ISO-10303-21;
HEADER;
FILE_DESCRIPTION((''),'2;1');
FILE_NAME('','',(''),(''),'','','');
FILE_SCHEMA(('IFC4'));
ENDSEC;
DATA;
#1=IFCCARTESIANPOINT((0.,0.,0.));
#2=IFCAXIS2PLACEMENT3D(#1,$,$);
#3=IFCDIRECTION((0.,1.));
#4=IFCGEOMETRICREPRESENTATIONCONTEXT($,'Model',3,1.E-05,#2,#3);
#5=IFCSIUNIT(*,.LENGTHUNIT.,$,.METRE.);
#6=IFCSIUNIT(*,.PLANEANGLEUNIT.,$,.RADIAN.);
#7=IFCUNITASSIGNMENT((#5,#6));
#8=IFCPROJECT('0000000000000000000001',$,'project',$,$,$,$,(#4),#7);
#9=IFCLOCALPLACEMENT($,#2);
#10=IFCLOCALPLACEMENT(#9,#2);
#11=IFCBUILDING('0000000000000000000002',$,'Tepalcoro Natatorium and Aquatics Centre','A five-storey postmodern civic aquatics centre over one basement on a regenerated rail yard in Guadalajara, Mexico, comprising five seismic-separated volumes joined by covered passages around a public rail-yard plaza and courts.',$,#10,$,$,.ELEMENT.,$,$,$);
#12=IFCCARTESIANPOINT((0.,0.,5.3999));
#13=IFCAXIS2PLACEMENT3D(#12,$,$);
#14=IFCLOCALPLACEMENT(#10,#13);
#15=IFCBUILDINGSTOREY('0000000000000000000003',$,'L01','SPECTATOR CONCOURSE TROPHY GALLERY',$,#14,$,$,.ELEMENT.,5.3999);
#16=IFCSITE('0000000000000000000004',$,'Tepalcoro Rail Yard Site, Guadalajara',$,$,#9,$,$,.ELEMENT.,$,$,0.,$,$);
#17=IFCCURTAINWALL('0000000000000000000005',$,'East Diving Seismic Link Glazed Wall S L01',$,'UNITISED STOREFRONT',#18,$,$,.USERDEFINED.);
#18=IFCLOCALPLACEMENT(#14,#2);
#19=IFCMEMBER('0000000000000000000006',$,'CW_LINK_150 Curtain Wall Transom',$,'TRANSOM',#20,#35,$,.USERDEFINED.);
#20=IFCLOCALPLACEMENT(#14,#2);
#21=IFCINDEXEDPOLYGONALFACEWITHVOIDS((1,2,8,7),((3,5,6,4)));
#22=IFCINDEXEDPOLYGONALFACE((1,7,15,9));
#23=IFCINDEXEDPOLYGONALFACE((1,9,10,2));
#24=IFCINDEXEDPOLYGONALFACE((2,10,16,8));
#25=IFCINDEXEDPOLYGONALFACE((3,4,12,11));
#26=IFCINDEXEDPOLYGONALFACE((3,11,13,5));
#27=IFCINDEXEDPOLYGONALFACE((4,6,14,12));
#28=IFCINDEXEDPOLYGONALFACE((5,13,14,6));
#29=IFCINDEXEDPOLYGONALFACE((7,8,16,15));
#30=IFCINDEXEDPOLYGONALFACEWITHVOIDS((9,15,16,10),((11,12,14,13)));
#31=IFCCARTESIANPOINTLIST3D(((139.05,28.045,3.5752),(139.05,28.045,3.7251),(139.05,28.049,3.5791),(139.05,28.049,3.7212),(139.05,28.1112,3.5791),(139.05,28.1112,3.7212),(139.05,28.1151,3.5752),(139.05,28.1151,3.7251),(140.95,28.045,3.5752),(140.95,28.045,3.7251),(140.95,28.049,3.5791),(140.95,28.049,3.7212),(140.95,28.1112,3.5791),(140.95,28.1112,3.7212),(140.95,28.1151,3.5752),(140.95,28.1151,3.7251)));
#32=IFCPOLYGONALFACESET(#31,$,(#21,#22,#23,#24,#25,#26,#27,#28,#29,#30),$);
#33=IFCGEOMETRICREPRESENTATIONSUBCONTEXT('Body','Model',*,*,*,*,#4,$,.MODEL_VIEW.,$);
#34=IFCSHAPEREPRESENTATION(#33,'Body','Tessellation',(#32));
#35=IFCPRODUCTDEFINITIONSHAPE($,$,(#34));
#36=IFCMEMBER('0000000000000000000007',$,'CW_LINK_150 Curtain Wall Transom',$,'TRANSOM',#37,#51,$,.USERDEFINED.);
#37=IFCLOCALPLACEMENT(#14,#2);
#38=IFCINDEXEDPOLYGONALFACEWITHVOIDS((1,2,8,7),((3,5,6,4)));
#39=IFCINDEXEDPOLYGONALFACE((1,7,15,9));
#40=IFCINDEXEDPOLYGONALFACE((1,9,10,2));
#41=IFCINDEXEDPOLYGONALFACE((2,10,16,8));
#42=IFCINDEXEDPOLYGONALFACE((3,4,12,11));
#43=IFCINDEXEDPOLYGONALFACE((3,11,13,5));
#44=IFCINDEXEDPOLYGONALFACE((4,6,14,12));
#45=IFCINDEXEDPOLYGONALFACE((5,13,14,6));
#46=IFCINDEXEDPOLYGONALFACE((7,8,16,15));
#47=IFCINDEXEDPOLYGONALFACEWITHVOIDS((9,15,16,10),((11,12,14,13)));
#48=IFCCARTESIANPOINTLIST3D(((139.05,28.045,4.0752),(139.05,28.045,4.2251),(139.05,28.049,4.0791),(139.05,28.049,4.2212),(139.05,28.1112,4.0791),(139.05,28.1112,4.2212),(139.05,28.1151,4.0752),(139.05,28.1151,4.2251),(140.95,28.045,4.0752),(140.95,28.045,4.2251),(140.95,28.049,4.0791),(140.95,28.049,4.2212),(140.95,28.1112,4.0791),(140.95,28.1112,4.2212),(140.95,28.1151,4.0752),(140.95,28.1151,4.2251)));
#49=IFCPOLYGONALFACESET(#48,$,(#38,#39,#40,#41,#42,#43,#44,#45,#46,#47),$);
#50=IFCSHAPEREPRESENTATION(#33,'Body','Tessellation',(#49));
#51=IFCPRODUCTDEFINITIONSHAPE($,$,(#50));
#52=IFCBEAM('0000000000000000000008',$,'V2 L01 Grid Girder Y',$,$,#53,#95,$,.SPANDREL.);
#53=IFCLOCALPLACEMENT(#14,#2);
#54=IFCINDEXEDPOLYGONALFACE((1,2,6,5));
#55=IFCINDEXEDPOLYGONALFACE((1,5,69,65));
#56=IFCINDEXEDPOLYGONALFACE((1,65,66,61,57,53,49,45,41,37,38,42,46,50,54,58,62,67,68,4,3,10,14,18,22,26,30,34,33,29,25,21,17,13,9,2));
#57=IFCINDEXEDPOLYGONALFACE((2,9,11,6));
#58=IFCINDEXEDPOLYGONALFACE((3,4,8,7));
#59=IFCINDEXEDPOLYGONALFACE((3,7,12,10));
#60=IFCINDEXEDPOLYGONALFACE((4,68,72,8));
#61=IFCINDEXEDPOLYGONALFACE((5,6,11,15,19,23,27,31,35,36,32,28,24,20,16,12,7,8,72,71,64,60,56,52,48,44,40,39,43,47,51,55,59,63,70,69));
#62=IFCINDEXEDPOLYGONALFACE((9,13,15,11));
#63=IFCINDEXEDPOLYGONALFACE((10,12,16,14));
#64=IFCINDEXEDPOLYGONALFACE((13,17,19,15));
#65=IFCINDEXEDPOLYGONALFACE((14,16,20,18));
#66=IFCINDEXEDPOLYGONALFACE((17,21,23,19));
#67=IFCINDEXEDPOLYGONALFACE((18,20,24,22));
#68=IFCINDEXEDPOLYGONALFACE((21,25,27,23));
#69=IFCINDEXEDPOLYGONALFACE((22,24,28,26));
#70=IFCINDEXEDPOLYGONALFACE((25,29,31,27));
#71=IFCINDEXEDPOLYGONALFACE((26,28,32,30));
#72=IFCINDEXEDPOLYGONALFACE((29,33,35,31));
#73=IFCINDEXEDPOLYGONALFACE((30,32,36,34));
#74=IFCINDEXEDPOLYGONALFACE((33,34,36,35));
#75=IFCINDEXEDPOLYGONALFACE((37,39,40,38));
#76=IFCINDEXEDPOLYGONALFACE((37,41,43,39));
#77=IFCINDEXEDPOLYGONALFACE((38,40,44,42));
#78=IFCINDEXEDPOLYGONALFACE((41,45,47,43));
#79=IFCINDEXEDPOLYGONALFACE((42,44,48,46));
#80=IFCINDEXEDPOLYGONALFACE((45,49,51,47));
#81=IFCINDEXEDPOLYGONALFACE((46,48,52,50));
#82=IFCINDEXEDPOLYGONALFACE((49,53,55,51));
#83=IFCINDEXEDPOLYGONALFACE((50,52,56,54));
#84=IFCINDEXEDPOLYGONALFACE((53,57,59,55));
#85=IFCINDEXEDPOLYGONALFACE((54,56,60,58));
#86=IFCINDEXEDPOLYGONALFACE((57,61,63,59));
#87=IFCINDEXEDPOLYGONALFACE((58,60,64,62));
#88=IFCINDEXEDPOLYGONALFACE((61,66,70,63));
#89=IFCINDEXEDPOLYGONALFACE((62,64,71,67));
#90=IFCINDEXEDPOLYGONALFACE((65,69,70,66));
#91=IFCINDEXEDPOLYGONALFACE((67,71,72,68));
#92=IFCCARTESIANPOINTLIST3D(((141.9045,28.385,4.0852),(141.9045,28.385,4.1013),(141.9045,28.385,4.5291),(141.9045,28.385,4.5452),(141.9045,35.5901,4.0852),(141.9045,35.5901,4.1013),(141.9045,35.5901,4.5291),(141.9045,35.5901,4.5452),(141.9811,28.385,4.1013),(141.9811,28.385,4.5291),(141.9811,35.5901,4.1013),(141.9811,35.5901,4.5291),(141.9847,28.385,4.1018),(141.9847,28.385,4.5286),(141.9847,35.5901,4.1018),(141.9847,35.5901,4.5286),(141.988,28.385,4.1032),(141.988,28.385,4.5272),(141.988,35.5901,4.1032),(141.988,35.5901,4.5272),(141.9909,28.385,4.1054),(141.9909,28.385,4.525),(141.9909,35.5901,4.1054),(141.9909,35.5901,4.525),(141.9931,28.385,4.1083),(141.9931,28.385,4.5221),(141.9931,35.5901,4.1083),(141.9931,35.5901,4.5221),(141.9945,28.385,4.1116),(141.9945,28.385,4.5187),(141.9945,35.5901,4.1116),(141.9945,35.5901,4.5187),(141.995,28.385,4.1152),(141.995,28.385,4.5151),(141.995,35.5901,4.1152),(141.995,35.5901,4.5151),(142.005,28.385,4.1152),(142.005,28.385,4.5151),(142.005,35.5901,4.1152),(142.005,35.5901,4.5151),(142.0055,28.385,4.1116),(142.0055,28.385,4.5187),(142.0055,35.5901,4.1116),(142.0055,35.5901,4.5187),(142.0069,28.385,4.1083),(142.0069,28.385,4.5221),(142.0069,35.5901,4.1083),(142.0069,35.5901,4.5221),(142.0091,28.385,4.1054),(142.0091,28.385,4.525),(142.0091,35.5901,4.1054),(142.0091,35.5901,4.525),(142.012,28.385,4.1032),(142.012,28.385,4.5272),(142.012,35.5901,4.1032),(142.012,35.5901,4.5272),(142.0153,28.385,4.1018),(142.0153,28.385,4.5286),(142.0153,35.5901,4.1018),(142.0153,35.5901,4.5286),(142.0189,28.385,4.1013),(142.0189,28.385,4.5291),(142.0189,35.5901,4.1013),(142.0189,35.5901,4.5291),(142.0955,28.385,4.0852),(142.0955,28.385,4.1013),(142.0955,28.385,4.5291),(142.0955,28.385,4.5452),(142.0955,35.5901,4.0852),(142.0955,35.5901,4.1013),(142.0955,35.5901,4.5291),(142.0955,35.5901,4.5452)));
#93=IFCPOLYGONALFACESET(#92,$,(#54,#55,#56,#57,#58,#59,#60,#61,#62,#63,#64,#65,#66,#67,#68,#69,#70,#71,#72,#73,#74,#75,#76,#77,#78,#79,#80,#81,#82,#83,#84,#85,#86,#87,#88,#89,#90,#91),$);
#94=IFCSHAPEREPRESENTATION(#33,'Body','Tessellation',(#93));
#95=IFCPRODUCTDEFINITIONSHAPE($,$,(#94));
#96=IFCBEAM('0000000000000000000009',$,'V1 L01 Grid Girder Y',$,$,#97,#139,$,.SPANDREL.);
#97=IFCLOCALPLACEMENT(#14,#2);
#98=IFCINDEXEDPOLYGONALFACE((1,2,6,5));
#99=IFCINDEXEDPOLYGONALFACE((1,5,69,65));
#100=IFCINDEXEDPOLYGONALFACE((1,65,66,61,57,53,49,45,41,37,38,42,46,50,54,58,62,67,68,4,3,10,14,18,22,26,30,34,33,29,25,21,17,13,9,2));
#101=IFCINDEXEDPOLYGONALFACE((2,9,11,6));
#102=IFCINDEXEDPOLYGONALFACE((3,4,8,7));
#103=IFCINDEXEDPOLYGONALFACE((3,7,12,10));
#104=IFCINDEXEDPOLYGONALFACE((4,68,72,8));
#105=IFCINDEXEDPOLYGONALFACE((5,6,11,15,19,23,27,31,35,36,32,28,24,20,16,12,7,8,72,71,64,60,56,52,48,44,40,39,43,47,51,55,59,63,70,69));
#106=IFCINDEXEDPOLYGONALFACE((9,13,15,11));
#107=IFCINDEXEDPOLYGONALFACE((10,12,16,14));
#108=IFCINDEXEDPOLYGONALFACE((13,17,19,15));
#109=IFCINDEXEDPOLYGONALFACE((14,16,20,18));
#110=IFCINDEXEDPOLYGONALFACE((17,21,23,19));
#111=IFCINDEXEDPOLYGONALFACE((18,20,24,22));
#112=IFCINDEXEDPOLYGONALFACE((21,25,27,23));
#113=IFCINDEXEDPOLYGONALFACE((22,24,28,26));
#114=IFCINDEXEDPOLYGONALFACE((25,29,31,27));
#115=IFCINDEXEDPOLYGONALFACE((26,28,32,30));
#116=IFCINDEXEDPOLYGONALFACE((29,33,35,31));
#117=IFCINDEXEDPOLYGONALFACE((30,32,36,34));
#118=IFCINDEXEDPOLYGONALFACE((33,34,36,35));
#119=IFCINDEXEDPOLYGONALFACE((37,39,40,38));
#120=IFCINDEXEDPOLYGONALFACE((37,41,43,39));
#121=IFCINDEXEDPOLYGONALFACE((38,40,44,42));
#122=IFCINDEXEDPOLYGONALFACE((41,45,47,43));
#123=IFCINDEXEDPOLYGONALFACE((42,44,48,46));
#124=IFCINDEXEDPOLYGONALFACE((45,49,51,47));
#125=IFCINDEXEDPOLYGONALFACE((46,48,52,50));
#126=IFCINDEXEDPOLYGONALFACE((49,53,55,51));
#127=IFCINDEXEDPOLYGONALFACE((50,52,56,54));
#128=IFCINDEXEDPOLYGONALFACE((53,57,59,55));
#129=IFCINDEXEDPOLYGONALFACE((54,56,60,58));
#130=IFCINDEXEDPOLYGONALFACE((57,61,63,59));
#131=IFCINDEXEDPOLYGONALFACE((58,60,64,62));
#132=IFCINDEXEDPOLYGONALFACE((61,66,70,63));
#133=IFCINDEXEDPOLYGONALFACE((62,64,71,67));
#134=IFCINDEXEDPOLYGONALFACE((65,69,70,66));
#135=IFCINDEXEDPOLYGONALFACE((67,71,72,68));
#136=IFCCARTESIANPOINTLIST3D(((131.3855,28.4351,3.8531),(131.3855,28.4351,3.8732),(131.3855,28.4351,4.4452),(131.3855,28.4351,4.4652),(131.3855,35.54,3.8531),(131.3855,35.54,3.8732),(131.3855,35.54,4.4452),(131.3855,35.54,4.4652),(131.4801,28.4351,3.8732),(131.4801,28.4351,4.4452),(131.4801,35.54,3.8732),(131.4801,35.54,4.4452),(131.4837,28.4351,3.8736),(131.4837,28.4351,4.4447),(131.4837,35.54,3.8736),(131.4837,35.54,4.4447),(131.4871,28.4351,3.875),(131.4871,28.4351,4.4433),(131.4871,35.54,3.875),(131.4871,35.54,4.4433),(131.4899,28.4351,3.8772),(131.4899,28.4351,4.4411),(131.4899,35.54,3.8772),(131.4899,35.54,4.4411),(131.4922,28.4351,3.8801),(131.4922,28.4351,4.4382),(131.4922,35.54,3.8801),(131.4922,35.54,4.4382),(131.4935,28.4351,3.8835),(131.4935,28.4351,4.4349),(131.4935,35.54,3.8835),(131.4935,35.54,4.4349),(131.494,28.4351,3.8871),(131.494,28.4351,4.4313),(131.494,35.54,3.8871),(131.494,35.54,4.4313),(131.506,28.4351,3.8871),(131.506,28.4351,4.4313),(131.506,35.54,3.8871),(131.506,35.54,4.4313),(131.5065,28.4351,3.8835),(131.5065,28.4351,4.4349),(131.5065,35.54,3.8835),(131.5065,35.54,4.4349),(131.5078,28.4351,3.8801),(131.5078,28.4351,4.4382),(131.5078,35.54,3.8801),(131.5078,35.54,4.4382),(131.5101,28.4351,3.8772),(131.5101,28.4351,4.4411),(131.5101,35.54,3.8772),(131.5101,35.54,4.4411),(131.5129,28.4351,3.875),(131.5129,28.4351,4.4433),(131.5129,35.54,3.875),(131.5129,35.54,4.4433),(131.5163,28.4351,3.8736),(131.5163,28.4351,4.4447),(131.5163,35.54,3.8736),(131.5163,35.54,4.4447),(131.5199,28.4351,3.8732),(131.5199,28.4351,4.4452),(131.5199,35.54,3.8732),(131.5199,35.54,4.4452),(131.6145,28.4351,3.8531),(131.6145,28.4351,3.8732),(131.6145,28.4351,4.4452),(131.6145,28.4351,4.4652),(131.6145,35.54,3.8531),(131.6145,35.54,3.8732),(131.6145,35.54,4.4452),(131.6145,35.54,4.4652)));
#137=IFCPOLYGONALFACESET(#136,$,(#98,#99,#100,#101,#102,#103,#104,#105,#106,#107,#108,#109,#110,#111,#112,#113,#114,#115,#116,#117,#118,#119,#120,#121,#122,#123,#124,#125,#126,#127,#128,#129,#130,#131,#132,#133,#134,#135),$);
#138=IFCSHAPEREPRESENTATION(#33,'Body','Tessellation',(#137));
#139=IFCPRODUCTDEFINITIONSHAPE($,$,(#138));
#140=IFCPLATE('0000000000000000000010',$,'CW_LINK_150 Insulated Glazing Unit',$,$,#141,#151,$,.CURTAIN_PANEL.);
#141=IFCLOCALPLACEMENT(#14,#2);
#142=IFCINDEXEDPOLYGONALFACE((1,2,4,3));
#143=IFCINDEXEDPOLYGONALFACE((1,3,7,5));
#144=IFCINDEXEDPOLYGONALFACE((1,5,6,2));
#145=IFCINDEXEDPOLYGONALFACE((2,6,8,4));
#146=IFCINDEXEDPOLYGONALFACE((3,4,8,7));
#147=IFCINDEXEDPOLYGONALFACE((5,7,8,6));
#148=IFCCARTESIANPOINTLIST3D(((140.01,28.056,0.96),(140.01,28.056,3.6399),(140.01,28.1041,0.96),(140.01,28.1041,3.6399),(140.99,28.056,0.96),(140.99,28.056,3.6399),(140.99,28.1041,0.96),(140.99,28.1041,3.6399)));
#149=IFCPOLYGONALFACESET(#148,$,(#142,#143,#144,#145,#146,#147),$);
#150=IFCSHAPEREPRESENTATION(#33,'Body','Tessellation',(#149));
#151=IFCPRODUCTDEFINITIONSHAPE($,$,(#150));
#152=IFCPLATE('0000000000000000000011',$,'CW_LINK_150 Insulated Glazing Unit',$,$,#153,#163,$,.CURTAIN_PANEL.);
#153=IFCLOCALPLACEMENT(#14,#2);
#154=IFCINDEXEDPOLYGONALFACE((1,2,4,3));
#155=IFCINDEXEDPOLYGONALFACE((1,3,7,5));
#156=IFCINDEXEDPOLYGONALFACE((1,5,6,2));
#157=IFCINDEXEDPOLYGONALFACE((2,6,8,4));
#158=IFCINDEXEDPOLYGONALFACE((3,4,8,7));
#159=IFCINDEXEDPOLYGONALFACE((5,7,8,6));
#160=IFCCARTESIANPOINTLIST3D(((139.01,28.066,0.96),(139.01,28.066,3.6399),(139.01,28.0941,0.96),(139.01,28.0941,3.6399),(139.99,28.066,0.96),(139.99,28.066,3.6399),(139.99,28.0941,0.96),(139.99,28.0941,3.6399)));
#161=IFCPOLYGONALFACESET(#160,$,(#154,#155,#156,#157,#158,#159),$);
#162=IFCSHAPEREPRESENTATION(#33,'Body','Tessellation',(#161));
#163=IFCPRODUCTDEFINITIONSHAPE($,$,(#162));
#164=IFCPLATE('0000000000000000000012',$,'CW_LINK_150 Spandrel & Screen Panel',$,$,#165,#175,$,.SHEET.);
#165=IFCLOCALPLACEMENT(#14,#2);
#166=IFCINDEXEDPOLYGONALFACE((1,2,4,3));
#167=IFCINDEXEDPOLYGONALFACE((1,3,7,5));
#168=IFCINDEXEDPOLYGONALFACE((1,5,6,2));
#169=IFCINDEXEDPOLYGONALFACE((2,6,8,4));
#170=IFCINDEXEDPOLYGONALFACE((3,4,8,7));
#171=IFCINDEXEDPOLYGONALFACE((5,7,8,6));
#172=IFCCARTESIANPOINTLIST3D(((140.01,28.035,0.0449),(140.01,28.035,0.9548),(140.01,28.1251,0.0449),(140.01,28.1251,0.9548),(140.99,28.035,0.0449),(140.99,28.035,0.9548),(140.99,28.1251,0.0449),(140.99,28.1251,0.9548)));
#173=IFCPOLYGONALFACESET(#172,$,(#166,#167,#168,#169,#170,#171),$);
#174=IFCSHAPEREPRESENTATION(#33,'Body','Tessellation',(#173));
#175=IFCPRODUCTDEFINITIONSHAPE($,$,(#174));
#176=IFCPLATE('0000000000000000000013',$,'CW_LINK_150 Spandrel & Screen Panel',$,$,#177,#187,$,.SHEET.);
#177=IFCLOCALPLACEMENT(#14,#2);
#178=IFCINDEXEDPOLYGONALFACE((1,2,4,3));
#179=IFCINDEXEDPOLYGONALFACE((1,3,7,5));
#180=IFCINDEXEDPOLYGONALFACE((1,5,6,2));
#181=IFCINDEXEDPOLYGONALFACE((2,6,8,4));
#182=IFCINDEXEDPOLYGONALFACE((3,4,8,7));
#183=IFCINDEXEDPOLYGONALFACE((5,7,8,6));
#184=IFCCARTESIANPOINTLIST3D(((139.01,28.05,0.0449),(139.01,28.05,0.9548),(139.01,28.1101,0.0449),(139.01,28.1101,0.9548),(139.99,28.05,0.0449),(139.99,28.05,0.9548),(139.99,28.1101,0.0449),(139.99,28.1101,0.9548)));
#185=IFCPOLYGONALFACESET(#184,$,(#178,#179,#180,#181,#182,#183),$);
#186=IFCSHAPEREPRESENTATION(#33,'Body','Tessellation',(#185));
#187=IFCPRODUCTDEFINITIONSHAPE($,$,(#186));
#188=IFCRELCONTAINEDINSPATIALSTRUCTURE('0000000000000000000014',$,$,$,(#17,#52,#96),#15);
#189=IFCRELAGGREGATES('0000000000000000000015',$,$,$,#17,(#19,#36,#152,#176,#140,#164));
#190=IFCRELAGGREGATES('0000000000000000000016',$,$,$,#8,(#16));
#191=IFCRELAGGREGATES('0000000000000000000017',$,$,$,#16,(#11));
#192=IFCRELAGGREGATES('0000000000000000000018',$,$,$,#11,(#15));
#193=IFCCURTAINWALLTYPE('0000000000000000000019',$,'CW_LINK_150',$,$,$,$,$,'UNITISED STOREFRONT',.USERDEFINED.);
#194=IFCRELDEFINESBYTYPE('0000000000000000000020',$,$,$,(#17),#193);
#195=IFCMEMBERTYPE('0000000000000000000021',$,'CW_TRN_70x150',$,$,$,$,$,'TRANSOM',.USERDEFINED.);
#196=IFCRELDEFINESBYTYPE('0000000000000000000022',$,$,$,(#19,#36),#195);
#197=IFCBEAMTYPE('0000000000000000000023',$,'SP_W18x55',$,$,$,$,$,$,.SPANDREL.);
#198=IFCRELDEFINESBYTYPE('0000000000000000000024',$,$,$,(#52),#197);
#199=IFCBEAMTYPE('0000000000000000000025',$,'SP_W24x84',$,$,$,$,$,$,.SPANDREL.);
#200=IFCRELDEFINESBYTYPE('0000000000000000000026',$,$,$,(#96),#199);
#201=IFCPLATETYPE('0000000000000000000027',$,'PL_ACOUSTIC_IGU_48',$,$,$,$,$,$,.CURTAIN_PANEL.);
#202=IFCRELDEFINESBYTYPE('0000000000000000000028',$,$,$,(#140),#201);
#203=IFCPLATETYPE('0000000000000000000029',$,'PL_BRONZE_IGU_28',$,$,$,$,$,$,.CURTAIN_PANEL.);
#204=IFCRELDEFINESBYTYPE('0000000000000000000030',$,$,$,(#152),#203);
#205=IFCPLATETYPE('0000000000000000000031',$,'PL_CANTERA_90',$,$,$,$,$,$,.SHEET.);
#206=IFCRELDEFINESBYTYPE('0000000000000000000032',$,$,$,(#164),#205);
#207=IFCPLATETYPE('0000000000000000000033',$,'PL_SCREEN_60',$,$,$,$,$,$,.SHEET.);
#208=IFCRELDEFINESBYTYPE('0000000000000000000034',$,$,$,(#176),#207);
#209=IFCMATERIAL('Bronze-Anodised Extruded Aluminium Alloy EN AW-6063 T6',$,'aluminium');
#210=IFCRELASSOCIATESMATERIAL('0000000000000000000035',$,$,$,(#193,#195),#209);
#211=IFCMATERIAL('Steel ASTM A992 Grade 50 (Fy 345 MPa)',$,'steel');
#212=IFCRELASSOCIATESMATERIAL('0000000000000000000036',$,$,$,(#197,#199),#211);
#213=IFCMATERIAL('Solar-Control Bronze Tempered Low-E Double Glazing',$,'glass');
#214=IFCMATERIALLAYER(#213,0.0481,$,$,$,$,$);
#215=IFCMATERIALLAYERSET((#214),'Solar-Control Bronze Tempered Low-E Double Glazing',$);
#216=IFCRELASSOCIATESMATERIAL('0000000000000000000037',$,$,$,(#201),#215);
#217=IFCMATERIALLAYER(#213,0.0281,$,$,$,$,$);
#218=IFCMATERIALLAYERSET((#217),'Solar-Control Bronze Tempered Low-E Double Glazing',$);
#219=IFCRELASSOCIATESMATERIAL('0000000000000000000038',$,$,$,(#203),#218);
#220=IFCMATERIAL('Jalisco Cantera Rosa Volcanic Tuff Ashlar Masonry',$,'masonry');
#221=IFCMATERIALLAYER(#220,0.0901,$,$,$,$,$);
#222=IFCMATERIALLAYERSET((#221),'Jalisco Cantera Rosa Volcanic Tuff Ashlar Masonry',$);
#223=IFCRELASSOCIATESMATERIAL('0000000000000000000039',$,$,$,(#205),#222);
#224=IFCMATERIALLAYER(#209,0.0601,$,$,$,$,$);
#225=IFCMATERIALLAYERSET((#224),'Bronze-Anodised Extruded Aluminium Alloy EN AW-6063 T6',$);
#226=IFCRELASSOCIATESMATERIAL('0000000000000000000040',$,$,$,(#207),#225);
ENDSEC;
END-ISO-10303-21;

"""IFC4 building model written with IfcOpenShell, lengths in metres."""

from ifc_helpers import new_model, si_unit, direction, frame, origin, origin_2d, place, context, subcontext, project, spatial, rectangle, hollow_rectangle, i_section, extrude, material, layer, layer_set, material_profile, profile_set, type_object, element, aggregate, save


model = new_model("IFC4")

# Units and contexts
model_context = context("Model", 3, precision=1e-05, world=origin(), true_north=direction((0.0, 1.0)))
body_context = subcontext(model_context, "Body", "Model", "MODEL_VIEW")
ifc_project = project(units=[si_unit("LENGTHUNIT", "METRE"), si_unit("PLANEANGLEUNIT", "RADIAN")], contexts=[model_context])

# Site, building, storey
site_placement = place(None, origin())
site = spatial("IfcSite", under=ifc_project, at=site_placement, Name="Tepalcoro Rail Yard Site, Guadalajara", CompositionType="ELEMENT", RefElevation=0.0)
building_placement = place(site_placement, origin())
building = spatial("IfcBuilding", under=site, at=building_placement, Name="Tepalcoro Natatorium and Aquatics Centre", Description="A five-storey postmodern civic aquatics centre over one basement on a regenerated rail yard in Guadalajara, Mexico, comprising five seismic-separated volumes joined by covered passages around a public rail-yard plaza and courts.", CompositionType="ELEMENT")
storey_placement = place(building_placement, frame((0.0, 0.0, 5.3999)))
storey = spatial("IfcBuildingStorey", under=building, at=storey_placement, Name="L01", Description="SPECTATOR CONCOURSE TROPHY GALLERY", CompositionType="ELEMENT", Elevation=5.3999)

# Shared definitions
ifc_material_1 = material(Name="Steel ASTM A992 Grade 50 (Fy 345 MPa)", Category="steel")

# Curtain wall, members
ifc_material_2 = material(Name="Bronze-Anodised Extruded Aluminium Alloy EN AW-6063 T6", Category="aluminium")
curtain_wall_type = type_object("IfcCurtainWallType", Name="CW_LINK_150", ElementType="UNITISED STOREFRONT", PredefinedType="USERDEFINED", material=ifc_material_2)
curtain_wall_placement = place(storey_placement, origin())
curtain_wall = element("IfcCurtainWall", 1, at=curtain_wall_placement, inside=storey, type_object=curtain_wall_type, Name="East Diving Seismic Link Glazed Wall S L01", ObjectType="UNITISED STOREFRONT", PredefinedType="USERDEFINED")
ifc_material_profile_1 = material_profile(ifc_material_2, hollow_rectangle(XDim=0.0701, YDim=0.1499, WallThickness=0.0039, at=origin_2d()), Name="AL70X150X4")
ifc_profile_set_1 = profile_set([ifc_material_profile_1], Name="Bronze-Anodised Extruded Aluminium Alloy EN AW-6063 T6")
member_type_1 = type_object("IfcMemberType", Name="CW_TRN_70x150", ElementType="TRANSOM", PredefinedType="USERDEFINED", material=ifc_profile_set_1)
member_1_placement = place(storey_placement, frame((139.05, 28.0801, 3.6501), z_axis=(1.0, 0.0, 0.0), x_axis=(0.0, 1.0, 0.0)))
member_1 = element("IfcMember", 2, at=member_1_placement, type_object=member_type_1, Name="CW_LINK_150 Curtain Wall Transom", ObjectType="TRANSOM", PredefinedType="USERDEFINED", context=body_context, shape_type="SweptSolid", body=[
    extrude(hollow_rectangle(XDim=0.0701, YDim=0.1499, WallThickness=0.0039, at=origin_2d()), origin(), (0.0, 0.0, 1.0), 1.8999),
])
member_2_placement = place(storey_placement, frame((139.05, 28.0801, 4.1501), z_axis=(1.0, 0.0, 0.0), x_axis=(0.0, 1.0, 0.0)))
member_2 = element("IfcMember", 3, at=member_2_placement, type_object=member_type_1, Name="CW_LINK_150 Curtain Wall Transom", ObjectType="TRANSOM", PredefinedType="USERDEFINED", context=body_context, shape_type="SweptSolid", body=[
    extrude(hollow_rectangle(XDim=0.0701, YDim=0.1499, WallThickness=0.0039, at=origin_2d()), origin(), (0.0, 0.0, 1.0), 1.8999),
])

# Beams
ifc_material_profile_2 = material_profile(ifc_material_1, i_section(OverallWidth=0.1909, OverallDepth=0.46, WebThickness=0.01, FlangeThickness=0.0161, FilletRadius=0.0139, at=origin_2d()), Name="W18X55")
ifc_profile_set_2 = profile_set([ifc_material_profile_2], Name="Steel ASTM A992 Grade 50 (Fy 345 MPa)")
beam_type_1 = type_object("IfcBeamType", Name="SP_W18x55", PredefinedType="SPANDREL", material=ifc_profile_set_2)
beam_1_placement = place(storey_placement, frame((142.0, 28.385, 4.3152), z_axis=(0.0, 1.0, 0.0), x_axis=(-1.0, 0.0, 0.0)))
element("IfcBeam", 4, at=beam_1_placement, inside=storey, type_object=beam_type_1, Name="V2 L01 Grid Girder Y", PredefinedType="SPANDREL", context=body_context, shape_type="SweptSolid", body=[
    extrude(i_section(OverallWidth=0.1909, OverallDepth=0.46, WebThickness=0.01, FlangeThickness=0.0161, FilletRadius=0.0139, at=origin_2d()), origin(), (0.0, 0.0, 1.0), 7.2051),
])
ifc_material_profile_3 = material_profile(ifc_material_1, i_section(OverallWidth=0.229, OverallDepth=0.6121, WebThickness=0.012, FlangeThickness=0.02, FilletRadius=0.0139, at=origin_2d()), Name="W24X84")
ifc_profile_set_3 = profile_set([ifc_material_profile_3], Name="Steel ASTM A992 Grade 50 (Fy 345 MPa)")
beam_type_2 = type_object("IfcBeamType", Name="SP_W24x84", PredefinedType="SPANDREL", material=ifc_profile_set_3)
beam_2_placement = place(storey_placement, frame((131.5, 28.4351, 4.1592), z_axis=(0.0, 1.0, 0.0), x_axis=(-1.0, 0.0, 0.0)))
element("IfcBeam", 5, at=beam_2_placement, inside=storey, type_object=beam_type_2, Name="V1 L01 Grid Girder Y", PredefinedType="SPANDREL", context=body_context, shape_type="SweptSolid", body=[
    extrude(i_section(OverallWidth=0.229, OverallDepth=0.6121, WebThickness=0.012, FlangeThickness=0.02, FilletRadius=0.0139, at=origin_2d()), origin(), (0.0, 0.0, 1.0), 7.105),
])

# Plates
ifc_material_3 = material(Name="Solar-Control Bronze Tempered Low-E Double Glazing", Category="glass")
ifc_layer_1 = layer(ifc_material_3, 0.0481)
ifc_layer_set_1 = layer_set([ifc_layer_1], Name="Solar-Control Bronze Tempered Low-E Double Glazing")
plate_type_1 = type_object("IfcPlateType", Name="PL_ACOUSTIC_IGU_48", PredefinedType="CURTAIN_PANEL", material=ifc_layer_set_1)
plate_1_placement = place(storey_placement, frame((140.5, 28.0801, 0.96), z_axis=(0.0, 0.0, 1.0), x_axis=(1.0, 0.0, 0.0)))
plate_1 = element("IfcPlate", 6, at=plate_1_placement, type_object=plate_type_1, Name="CW_LINK_150 Insulated Glazing Unit", PredefinedType="CURTAIN_PANEL", context=body_context, shape_type="SweptSolid", body=[
    extrude(rectangle(XDim=0.98, YDim=0.0481, at=origin_2d()), origin(), (0.0, 0.0, 1.0), 2.6799),
])
ifc_layer_2 = layer(ifc_material_3, 0.0281)
ifc_layer_set_2 = layer_set([ifc_layer_2], Name="Solar-Control Bronze Tempered Low-E Double Glazing")
plate_type_2 = type_object("IfcPlateType", Name="PL_BRONZE_IGU_28", PredefinedType="CURTAIN_PANEL", material=ifc_layer_set_2)
plate_2_placement = place(storey_placement, frame((139.5, 28.0801, 0.96), z_axis=(0.0, 0.0, 1.0), x_axis=(1.0, 0.0, 0.0)))
plate_2 = element("IfcPlate", 7, at=plate_2_placement, type_object=plate_type_2, Name="CW_LINK_150 Insulated Glazing Unit", PredefinedType="CURTAIN_PANEL", context=body_context, shape_type="SweptSolid", body=[
    extrude(rectangle(XDim=0.98, YDim=0.0281, at=origin_2d()), origin(), (0.0, 0.0, 1.0), 2.6799),
])
ifc_material_4 = material(Name="Jalisco Cantera Rosa Volcanic Tuff Ashlar Masonry", Category="masonry")
ifc_layer_3 = layer(ifc_material_4, 0.0901)
ifc_layer_set_3 = layer_set([ifc_layer_3], Name="Jalisco Cantera Rosa Volcanic Tuff Ashlar Masonry")
plate_type_3 = type_object("IfcPlateType", Name="PL_CANTERA_90", PredefinedType="SHEET", material=ifc_layer_set_3)
plate_3_placement = place(storey_placement, frame((140.5, 28.0801, 0.0449), z_axis=(0.0, 0.0, 1.0), x_axis=(1.0, 0.0, 0.0)))
plate_3 = element("IfcPlate", 8, at=plate_3_placement, type_object=plate_type_3, Name="CW_LINK_150 Spandrel & Screen Panel", PredefinedType="SHEET", context=body_context, shape_type="SweptSolid", body=[
    extrude(rectangle(XDim=0.98, YDim=0.0901, at=origin_2d()), origin(), (0.0, 0.0, 1.0), 0.9099),
])
ifc_layer_4 = layer(ifc_material_2, 0.0601)
ifc_layer_set_4 = layer_set([ifc_layer_4], Name="Bronze-Anodised Extruded Aluminium Alloy EN AW-6063 T6")
plate_type_4 = type_object("IfcPlateType", Name="PL_SCREEN_60", PredefinedType="SHEET", material=ifc_layer_set_4)
plate_4_placement = place(storey_placement, frame((139.5, 28.0801, 0.0449), z_axis=(0.0, 0.0, 1.0), x_axis=(1.0, 0.0, 0.0)))
plate_4 = element("IfcPlate", 9, at=plate_4_placement, type_object=plate_type_4, Name="CW_LINK_150 Spandrel & Screen Panel", PredefinedType="SHEET", context=body_context, shape_type="SweptSolid", body=[
    extrude(rectangle(XDim=0.98, YDim=0.0601, at=origin_2d()), origin(), (0.0, 0.0, 1.0), 0.9099),
])
aggregate(curtain_wall, [member_1, member_2, plate_2, plate_4, plate_1, plate_3])

save(model, "model.ifc")
